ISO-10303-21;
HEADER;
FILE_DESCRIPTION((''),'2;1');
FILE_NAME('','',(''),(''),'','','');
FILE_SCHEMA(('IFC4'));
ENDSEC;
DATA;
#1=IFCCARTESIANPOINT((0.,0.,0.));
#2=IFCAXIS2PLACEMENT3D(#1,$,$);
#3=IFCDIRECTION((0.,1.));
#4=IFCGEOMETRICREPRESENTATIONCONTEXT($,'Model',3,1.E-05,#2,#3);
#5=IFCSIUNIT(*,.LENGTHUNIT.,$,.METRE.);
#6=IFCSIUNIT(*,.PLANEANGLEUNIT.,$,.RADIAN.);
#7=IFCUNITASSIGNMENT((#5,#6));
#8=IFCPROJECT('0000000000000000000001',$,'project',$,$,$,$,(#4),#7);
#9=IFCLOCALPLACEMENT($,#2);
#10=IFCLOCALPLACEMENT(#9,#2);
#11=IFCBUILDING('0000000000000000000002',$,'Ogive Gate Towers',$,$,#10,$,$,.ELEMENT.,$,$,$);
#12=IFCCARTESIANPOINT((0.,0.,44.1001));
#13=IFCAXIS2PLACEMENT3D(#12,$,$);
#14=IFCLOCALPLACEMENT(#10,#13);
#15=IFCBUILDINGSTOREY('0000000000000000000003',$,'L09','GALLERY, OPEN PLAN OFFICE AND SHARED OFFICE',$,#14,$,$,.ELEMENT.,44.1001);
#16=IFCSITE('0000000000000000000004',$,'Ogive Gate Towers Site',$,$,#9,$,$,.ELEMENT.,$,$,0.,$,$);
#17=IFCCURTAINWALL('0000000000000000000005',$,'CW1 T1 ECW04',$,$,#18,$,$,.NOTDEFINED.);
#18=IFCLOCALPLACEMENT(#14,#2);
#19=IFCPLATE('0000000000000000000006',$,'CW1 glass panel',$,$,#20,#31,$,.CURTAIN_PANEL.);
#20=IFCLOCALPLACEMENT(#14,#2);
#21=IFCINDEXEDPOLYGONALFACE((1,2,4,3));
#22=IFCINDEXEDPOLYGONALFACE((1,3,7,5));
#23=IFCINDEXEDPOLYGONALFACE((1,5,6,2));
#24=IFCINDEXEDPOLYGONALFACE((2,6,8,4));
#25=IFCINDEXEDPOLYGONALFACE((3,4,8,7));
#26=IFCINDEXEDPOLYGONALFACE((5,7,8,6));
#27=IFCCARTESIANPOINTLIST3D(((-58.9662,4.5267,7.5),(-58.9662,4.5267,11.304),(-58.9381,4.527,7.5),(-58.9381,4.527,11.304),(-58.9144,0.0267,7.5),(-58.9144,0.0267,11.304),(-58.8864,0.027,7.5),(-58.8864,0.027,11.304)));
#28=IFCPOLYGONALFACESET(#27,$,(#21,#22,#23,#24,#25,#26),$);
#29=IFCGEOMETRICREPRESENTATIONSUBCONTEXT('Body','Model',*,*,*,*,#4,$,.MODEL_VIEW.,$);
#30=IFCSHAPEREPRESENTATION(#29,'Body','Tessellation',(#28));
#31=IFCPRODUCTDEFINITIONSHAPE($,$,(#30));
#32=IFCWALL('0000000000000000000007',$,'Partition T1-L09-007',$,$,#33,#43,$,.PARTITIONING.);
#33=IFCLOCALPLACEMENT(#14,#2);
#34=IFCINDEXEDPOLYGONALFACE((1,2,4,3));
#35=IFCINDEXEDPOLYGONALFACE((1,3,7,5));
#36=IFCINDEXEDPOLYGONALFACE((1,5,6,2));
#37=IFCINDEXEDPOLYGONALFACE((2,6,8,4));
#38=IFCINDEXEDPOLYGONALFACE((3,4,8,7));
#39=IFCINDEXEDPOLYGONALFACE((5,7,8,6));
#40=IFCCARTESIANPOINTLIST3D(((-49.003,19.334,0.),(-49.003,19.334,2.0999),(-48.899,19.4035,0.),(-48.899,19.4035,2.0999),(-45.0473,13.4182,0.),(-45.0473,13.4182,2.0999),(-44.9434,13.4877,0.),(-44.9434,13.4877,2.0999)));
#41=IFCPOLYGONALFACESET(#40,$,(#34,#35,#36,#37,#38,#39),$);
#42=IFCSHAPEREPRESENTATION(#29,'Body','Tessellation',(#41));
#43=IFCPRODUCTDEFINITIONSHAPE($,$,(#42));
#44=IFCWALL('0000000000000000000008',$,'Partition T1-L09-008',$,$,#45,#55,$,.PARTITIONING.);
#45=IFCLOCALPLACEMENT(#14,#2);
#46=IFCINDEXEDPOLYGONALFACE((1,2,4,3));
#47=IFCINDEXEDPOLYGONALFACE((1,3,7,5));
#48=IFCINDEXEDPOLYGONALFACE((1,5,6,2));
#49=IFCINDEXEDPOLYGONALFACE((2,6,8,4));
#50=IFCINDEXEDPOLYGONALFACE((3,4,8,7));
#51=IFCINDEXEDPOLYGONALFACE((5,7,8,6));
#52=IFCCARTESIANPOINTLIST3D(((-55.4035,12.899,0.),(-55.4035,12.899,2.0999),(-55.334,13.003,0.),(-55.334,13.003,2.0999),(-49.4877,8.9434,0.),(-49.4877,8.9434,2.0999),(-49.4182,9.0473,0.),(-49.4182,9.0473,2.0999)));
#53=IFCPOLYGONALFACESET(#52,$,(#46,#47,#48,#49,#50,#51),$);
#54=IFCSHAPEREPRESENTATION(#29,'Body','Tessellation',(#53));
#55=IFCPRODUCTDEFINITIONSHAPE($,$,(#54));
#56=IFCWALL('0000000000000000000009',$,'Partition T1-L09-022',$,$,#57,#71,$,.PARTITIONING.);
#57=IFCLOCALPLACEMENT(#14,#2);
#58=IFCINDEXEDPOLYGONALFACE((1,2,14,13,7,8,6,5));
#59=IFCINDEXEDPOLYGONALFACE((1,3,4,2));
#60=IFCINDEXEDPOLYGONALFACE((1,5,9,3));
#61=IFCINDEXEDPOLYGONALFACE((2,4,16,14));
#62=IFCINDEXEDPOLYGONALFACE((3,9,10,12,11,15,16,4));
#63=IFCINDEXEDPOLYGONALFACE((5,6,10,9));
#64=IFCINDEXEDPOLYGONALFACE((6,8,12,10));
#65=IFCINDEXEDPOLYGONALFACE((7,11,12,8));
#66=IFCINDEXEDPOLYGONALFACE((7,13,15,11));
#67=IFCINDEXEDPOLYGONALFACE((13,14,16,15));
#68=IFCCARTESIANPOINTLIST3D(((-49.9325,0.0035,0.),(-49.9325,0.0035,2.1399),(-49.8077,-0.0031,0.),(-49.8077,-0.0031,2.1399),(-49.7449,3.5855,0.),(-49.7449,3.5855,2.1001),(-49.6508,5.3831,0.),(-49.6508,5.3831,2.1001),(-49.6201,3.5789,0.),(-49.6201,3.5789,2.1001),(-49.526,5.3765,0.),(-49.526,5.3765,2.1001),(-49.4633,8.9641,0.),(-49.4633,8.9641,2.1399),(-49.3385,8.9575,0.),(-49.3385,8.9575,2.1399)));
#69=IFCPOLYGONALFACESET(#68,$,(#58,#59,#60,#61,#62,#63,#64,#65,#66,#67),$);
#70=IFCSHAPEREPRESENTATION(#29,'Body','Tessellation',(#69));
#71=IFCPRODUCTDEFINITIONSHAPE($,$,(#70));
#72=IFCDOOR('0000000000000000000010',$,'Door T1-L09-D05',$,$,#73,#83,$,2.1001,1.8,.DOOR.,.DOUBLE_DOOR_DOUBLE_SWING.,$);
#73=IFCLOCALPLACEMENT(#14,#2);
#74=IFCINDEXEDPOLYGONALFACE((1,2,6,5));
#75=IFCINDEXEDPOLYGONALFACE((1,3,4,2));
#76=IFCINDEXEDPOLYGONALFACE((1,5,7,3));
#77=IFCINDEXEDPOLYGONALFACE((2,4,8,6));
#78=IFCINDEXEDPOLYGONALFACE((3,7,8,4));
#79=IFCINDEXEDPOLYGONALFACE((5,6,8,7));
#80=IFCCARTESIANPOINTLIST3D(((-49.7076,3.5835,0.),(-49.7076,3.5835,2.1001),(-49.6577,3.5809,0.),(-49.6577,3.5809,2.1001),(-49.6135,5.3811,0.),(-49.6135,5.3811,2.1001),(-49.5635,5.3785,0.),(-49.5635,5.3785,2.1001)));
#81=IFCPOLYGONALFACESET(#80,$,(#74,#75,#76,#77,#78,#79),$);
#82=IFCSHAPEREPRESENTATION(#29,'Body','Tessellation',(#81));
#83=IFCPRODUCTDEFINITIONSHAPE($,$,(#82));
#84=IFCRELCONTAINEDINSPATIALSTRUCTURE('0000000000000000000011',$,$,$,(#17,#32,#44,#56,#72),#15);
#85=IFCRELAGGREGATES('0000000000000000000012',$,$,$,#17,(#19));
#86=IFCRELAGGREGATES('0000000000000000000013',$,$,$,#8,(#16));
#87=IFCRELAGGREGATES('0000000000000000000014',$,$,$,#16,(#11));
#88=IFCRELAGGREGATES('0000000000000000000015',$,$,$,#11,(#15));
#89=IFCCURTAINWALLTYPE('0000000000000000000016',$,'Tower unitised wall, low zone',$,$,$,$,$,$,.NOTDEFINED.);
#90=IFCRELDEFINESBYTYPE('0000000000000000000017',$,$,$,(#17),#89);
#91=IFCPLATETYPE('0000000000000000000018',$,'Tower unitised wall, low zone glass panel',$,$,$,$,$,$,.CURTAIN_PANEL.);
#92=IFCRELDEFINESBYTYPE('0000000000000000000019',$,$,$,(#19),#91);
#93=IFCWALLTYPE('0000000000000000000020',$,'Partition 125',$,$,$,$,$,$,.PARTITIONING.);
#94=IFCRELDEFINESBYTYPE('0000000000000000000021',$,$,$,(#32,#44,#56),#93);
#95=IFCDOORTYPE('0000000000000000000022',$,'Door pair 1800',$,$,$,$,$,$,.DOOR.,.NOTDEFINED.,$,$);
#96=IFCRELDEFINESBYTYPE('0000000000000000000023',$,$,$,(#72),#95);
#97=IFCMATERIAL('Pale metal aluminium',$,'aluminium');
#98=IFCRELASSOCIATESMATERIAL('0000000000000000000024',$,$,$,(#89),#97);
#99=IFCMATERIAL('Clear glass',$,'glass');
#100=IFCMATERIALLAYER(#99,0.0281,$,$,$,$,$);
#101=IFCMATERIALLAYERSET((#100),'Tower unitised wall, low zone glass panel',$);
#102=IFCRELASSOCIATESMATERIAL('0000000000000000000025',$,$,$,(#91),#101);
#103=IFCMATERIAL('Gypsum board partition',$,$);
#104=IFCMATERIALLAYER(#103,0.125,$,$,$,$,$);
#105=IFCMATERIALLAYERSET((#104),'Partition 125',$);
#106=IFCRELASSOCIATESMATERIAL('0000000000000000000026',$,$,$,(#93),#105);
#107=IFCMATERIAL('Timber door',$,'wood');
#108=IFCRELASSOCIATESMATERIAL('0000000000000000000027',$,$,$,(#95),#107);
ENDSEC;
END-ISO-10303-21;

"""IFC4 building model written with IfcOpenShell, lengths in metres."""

from ifc_helpers import new_model, si_unit, direction, frame, frame_2d, origin, origin_2d, place, context, subcontext, project, spatial, rectangle, extrude, material, layer, layer_set, type_object, element, fill, aggregate, save


model = new_model("IFC4")

# Units and contexts
model_context = context("Model", 3, precision=1e-05, world=origin(), true_north=direction((0.0, 1.0)))
body_context = subcontext(model_context, "Body", "Model", "MODEL_VIEW")
ifc_project = project(units=[si_unit("LENGTHUNIT", "METRE"), si_unit("PLANEANGLEUNIT", "RADIAN")], contexts=[model_context])

# Site, building, storey
site_placement = place(None, origin())
site = spatial("IfcSite", under=ifc_project, at=site_placement, Name="Ogive Gate Towers Site", CompositionType="ELEMENT", RefElevation=0.0)
building_placement = place(site_placement, origin())
building = spatial("IfcBuilding", under=site, at=building_placement, Name="Ogive Gate Towers", CompositionType="ELEMENT")
storey_placement = place(building_placement, frame((0.0, 0.0, 44.1001)))
storey = spatial("IfcBuildingStorey", under=building, at=storey_placement, Name="L09", Description="GALLERY, OPEN PLAN OFFICE AND SHARED OFFICE", CompositionType="ELEMENT", Elevation=44.1001)

# Curtain wall
ifc_material_1 = material(Name="Pale metal aluminium", Category="aluminium")
curtain_wall_type = type_object("IfcCurtainWallType", Name="Tower unitised wall, low zone", PredefinedType="NOTDEFINED", material=ifc_material_1)
curtain_wall_1_placement = place(storey_placement, origin())
curtain_wall_1 = element("IfcCurtainWall", 1, at=curtain_wall_1_placement, inside=storey, type_object=curtain_wall_type, Name="CW1 T1 ECW04", PredefinedType="NOTDEFINED")

# Plate
ifc_material_2 = material(Name="Clear glass", Category="glass")
ifc_layer_1 = layer(ifc_material_2, 0.0281)
ifc_layer_set_1 = layer_set([ifc_layer_1], Name="Tower unitised wall, low zone glass panel")
plate_type = type_object("IfcPlateType", Name="Tower unitised wall, low zone glass panel", PredefinedType="CURTAIN_PANEL", material=ifc_layer_set_1)
plate_1_placement = place(storey_placement, frame((-58.9263, 2.2769, 7.5), z_axis=(0.0, 0.0, 1.0), x_axis=(0.011501, -0.999934, 0.0)))
plate_1 = element("IfcPlate", 2, at=plate_1_placement, type_object=plate_type, Name="CW1 glass panel", PredefinedType="CURTAIN_PANEL", context=body_context, shape_type="SweptSolid", body=[
    extrude(rectangle(XDim=4.5002, YDim=0.0281, at=origin_2d()), origin(), (0.0, 0.0, 1.0), 3.804),
])
aggregate(curtain_wall_1, [plate_1])

# Walls
ifc_material_3 = material(Name="Gypsum board partition")
ifc_layer_2 = layer(ifc_material_3, 0.125)
ifc_layer_set_2 = layer_set([ifc_layer_2], Name="Partition 125")
wall_type = type_object("IfcWallType", Name="Partition 125", PredefinedType="PARTITIONING", material=ifc_layer_set_2)
for number, where, z_axis, x_axis, name in (
    (3, (-48.9509, 19.3687, 0.0), (0.0, 0.0, 1.0), (0.55584, -0.831289, 0.0), "Partition T1-L09-007"),
    (4, (-55.3687, 12.9509, 0.0), (0.0, 0.0, 1.0), (0.831289, -0.55584, 0.0), "Partition T1-L09-008"),
):
    element("IfcWall", number, at=place(storey_placement, frame(where, z_axis=z_axis, x_axis=x_axis)), inside=storey, type_object=wall_type, Name=name, PredefinedType="PARTITIONING", context=body_context, shape_type="SweptSolid", body=[
        extrude(rectangle(XDim=7.1165, YDim=0.125, at=frame_2d((3.5581, 0.0))), origin(), (0.0, 0.0, 1.0), 2.0999),
    ])

# Wall, opening, door
wall_placement = place(storey_placement, frame((-49.4009, 8.9607, 0.0), z_axis=(0.0, 0.0, 1.0), x_axis=(-0.052295, -0.998632, 0.0)))
wall = element("IfcWall", 5, at=wall_placement, inside=storey, type_object=wall_type, Name="Partition T1-L09-022", PredefinedType="PARTITIONING", context=body_context, shape_type="SweptSolid", body=[
    extrude(rectangle(XDim=8.9729, YDim=0.125, at=frame_2d((4.4863, 0.0))), origin(), (0.0, 0.0, 1.0), 2.1399),
])
opening_placement = place(wall_placement, frame((3.5859, 0.0, 0.0)))
opening = element("IfcOpeningElement", 6, at=opening_placement, cuts=wall, PredefinedType="OPENING", context=body_context, shape_type="SweptSolid", body=[
    extrude(rectangle(XDim=1.8, YDim=2.1001, at=frame_2d((0.8999, 1.05))), frame((0.0, 0.0725, 0.0), z_axis=(0.0, -1.0, 0.0), x_axis=(1.0, 0.0, 0.0)), (0.0, 0.0, 1.0), 0.145),
])
ifc_material_4 = material(Name="Timber door", Category="wood")
door_type = type_object("IfcDoorType", Name="Door pair 1800", OperationType="NOTDEFINED", PredefinedType="DOOR", material=ifc_material_4)
door_placement = place(opening_placement, origin())
door = element("IfcDoor", 7, at=door_placement, inside=storey, type_object=door_type, Name="Door T1-L09-D05", OperationType="DOUBLE_DOOR_DOUBLE_SWING", OverallHeight=2.1001, OverallWidth=1.8, PredefinedType="DOOR", context=body_context, shape_type="SweptSolid", body=[
    extrude(rectangle(XDim=1.8, YDim=2.1001, at=frame_2d((0.8999, 1.05))), frame((0.0, 0.0249, 0.0), z_axis=(0.0, -1.0, 0.0), x_axis=(1.0, 0.0, 0.0)), (0.0, 0.0, 1.0), 0.05),
])
fill(opening, door)

save(model, "model.ifc")
